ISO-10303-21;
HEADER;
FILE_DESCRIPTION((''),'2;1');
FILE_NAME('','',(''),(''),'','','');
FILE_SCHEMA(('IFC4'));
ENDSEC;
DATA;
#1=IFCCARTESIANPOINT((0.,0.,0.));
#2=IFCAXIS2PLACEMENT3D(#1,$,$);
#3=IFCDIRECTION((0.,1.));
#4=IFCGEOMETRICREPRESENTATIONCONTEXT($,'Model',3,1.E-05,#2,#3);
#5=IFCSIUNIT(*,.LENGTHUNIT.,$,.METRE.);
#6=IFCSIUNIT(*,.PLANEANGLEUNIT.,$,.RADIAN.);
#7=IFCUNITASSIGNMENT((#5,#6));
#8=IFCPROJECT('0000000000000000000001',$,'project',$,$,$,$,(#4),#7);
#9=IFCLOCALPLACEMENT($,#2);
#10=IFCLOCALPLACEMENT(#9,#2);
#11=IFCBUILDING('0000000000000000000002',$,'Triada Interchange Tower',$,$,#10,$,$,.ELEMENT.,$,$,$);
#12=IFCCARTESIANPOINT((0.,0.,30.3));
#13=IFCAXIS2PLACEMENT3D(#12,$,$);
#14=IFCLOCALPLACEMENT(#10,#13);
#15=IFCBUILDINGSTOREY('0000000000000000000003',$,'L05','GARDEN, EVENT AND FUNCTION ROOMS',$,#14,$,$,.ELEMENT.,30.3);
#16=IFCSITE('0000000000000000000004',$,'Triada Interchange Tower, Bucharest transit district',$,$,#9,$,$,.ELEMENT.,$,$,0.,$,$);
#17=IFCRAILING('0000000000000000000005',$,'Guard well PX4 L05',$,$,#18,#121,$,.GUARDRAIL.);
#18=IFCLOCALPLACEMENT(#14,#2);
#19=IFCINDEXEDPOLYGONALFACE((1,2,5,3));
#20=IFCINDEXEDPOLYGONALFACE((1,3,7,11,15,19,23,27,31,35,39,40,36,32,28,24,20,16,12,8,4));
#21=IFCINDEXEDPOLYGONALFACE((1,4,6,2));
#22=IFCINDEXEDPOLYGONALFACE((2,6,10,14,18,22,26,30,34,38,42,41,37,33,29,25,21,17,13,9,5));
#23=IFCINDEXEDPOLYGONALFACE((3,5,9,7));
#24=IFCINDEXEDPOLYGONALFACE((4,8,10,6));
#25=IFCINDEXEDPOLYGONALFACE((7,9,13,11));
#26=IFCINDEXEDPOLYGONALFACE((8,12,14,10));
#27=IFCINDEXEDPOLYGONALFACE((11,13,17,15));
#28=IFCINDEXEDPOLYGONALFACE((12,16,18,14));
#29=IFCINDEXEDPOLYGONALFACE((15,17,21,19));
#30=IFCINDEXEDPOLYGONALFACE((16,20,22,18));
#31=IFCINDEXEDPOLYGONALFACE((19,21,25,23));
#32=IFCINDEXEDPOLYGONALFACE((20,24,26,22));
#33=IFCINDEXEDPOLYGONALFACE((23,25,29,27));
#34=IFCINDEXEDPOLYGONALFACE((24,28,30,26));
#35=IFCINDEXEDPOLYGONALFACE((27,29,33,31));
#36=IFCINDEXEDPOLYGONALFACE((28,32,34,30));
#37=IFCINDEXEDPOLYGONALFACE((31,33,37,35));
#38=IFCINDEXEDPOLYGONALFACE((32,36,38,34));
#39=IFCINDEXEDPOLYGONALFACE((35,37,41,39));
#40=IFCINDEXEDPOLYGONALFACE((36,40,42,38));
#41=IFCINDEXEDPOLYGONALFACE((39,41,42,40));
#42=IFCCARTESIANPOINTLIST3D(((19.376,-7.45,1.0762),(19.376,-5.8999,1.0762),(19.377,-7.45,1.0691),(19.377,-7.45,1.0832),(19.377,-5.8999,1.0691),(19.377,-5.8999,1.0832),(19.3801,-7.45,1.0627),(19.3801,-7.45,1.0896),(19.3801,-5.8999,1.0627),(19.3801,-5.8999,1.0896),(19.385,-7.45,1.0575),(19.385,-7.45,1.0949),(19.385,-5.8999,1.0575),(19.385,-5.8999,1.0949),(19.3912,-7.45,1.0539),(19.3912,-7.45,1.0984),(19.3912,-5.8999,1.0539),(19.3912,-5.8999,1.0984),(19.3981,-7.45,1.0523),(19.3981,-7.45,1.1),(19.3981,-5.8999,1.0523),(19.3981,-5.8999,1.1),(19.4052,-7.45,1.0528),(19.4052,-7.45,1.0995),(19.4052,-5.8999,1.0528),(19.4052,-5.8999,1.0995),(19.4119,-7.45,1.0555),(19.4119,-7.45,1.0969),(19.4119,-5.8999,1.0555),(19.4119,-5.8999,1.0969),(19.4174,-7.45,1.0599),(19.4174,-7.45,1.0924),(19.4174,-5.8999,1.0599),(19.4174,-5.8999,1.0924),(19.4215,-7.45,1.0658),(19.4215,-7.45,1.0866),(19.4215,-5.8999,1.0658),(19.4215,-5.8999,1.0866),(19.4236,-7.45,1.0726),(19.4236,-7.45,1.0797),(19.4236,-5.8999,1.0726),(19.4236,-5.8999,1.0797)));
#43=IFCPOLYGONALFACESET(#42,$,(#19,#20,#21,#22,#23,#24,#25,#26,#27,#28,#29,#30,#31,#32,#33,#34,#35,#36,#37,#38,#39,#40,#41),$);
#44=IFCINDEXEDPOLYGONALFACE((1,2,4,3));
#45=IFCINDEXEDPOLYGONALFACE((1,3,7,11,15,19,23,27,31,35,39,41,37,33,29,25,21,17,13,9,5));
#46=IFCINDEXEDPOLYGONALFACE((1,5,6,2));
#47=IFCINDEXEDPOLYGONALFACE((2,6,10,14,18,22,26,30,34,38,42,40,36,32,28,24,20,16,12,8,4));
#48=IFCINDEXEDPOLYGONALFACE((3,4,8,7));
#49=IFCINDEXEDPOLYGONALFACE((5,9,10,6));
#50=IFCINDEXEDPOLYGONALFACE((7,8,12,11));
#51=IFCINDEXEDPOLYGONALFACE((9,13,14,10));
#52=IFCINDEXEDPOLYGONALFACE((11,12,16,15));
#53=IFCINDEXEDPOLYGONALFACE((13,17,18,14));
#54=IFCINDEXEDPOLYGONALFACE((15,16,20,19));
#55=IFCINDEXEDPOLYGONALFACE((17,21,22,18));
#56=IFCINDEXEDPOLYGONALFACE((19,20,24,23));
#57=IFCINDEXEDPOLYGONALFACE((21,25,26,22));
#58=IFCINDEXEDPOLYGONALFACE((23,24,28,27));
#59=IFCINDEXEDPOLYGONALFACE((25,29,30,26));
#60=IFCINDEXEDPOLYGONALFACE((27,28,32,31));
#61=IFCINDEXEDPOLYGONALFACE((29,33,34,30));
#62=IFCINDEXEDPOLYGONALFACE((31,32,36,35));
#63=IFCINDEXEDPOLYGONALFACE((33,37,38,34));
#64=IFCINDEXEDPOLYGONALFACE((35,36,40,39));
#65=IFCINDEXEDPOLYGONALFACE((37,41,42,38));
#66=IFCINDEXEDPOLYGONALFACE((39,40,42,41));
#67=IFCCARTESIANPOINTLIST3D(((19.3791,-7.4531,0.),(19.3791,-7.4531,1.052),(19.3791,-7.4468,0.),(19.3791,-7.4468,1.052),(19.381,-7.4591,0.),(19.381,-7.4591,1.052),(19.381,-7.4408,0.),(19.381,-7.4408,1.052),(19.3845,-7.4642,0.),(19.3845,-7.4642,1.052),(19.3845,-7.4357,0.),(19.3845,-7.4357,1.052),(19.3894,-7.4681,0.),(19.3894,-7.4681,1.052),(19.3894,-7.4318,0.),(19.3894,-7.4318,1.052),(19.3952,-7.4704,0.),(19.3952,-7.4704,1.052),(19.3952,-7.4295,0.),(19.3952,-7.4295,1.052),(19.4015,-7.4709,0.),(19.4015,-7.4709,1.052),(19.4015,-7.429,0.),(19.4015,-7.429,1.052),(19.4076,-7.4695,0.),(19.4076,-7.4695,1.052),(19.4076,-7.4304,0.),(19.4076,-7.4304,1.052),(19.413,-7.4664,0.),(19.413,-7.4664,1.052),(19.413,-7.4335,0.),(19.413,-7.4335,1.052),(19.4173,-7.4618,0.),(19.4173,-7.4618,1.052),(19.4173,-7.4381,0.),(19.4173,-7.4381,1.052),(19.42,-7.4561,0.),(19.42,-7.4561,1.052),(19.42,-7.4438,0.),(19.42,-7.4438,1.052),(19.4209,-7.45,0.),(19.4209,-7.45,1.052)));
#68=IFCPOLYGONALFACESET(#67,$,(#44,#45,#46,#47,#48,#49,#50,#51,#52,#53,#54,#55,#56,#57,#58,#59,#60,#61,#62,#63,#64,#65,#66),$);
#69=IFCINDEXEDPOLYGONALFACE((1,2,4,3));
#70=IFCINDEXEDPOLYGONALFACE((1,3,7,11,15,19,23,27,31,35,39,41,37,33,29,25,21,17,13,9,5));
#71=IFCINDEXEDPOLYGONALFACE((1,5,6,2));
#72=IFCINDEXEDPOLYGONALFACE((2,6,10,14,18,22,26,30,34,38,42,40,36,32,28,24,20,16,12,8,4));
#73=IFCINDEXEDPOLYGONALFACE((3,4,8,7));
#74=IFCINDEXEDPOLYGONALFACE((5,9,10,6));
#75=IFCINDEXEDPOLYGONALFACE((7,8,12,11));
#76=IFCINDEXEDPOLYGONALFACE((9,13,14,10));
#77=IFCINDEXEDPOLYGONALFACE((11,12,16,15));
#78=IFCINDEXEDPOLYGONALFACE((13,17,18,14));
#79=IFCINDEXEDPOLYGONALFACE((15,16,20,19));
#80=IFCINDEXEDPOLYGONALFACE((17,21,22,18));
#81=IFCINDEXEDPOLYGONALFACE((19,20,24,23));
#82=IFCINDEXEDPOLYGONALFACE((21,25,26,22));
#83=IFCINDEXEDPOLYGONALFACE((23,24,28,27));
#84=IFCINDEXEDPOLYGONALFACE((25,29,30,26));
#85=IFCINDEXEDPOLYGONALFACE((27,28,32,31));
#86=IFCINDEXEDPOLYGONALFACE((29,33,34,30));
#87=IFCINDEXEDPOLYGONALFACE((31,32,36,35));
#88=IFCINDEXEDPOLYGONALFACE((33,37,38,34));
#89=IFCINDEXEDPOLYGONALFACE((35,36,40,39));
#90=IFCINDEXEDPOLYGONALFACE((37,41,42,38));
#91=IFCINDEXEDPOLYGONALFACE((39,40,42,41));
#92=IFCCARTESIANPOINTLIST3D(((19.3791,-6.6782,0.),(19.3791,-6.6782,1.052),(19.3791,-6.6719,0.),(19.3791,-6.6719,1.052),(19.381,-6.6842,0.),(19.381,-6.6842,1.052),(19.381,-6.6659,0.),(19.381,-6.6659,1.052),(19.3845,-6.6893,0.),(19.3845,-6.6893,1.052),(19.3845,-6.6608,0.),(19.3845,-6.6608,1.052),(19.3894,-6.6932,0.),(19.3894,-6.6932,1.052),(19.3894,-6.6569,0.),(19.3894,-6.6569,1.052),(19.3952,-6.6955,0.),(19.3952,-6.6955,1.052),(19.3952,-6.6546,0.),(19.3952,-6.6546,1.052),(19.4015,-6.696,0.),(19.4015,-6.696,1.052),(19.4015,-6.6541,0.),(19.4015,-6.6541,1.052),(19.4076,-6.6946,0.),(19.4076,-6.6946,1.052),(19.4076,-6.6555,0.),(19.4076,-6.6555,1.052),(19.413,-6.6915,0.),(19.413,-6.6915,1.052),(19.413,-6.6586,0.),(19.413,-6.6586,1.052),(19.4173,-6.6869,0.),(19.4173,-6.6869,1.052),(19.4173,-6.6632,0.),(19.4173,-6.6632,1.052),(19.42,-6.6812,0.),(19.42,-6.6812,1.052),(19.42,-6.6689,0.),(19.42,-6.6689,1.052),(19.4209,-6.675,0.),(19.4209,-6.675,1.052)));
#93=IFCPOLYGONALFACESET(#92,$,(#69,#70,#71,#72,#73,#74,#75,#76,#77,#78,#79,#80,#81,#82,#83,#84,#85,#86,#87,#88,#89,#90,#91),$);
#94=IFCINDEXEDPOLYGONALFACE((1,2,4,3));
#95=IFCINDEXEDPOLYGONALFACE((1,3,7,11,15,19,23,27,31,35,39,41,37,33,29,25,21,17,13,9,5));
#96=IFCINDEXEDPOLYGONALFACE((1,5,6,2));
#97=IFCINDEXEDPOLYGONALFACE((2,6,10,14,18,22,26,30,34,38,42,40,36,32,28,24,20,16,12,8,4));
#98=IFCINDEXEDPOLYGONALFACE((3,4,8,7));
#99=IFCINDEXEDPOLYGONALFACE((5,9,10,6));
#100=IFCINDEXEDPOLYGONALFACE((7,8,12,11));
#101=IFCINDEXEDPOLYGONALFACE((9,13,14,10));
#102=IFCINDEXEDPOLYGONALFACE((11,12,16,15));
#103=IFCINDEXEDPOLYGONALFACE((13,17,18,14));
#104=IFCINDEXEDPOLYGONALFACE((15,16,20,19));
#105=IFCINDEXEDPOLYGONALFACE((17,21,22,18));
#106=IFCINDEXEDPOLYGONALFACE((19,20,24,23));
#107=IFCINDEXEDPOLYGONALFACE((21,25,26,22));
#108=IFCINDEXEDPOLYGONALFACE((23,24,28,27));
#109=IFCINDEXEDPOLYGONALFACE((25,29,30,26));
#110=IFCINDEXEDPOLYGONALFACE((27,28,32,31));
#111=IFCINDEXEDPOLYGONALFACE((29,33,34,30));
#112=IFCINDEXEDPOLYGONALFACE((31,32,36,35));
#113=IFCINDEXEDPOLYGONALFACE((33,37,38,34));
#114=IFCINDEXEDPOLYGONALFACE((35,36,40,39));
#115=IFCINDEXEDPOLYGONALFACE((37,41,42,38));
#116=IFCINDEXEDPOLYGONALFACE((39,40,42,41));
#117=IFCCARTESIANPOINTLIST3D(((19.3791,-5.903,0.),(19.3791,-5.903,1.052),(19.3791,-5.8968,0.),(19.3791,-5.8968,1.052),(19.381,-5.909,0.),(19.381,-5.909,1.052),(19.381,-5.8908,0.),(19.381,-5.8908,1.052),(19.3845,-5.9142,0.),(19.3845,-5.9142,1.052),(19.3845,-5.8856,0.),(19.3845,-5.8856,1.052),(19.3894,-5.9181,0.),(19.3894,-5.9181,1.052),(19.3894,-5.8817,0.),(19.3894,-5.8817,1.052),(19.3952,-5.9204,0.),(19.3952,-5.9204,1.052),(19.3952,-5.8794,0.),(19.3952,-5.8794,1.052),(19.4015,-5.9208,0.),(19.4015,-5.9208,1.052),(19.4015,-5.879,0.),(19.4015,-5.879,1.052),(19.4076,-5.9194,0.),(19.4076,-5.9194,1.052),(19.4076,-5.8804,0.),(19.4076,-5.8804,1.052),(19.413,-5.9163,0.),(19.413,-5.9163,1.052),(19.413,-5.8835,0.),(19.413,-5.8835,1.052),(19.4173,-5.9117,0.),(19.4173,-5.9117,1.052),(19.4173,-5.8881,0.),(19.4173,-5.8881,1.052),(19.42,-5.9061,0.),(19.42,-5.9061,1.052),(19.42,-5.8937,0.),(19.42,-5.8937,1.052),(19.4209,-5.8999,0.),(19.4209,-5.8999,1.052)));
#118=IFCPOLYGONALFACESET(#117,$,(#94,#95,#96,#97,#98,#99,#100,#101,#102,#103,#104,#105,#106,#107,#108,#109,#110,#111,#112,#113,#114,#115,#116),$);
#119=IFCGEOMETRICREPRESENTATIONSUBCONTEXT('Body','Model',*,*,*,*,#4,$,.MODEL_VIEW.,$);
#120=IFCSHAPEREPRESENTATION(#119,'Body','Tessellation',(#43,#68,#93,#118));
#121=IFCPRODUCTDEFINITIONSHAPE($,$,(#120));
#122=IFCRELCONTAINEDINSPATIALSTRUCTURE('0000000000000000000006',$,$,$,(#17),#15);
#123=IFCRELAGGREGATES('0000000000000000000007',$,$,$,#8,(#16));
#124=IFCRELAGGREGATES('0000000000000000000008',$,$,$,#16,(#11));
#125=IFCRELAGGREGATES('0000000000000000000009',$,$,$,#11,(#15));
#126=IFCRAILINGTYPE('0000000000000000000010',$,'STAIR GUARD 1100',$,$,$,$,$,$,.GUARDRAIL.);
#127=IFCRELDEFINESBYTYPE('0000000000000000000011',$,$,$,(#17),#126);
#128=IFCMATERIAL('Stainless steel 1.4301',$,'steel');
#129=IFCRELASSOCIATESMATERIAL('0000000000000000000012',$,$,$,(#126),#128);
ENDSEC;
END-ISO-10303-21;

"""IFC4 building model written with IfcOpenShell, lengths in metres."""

from ifc_helpers import new_model, si_unit, direction, frame, origin, origin_2d, place, context, subcontext, project, spatial, circle, extrude, material, type_object, element, save


model = new_model("IFC4")

# Units and contexts
model_context = context("Model", 3, precision=1e-05, world=origin(), true_north=direction((0.0, 1.0)))
body_context = subcontext(model_context, "Body", "Model", "MODEL_VIEW")
ifc_project = project(units=[si_unit("LENGTHUNIT", "METRE"), si_unit("PLANEANGLEUNIT", "RADIAN")], contexts=[model_context])

# Site, building, storey
site_placement = place(None, origin())
site = spatial("IfcSite", under=ifc_project, at=site_placement, Name="Triada Interchange Tower, Bucharest transit district", CompositionType="ELEMENT", RefElevation=0.0)
building_placement = place(site_placement, origin())
building = spatial("IfcBuilding", under=site, at=building_placement, Name="Triada Interchange Tower", CompositionType="ELEMENT")
storey_placement = place(building_placement, frame((0.0, 0.0, 30.3)))
storey = spatial("IfcBuildingStorey", under=building, at=storey_placement, Name="L05", Description="GARDEN, EVENT AND FUNCTION ROOMS", CompositionType="ELEMENT", Elevation=30.3)

# Shared definitions
ifc_material_1 = material(Name="Stainless steel 1.4301", Category="steel")
railing_type_1 = type_object("IfcRailingType", Name="STAIR GUARD 1100", PredefinedType="GUARDRAIL", material=ifc_material_1)

# Railing
railing_1_placement = place(storey_placement, frame((19.3999, -7.45, 0.0)))
element("IfcRailing", 1, at=railing_1_placement, inside=storey, type_object=railing_type_1, Name="Guard well PX4 L05", PredefinedType="GUARDRAIL", context=body_context, shape_type="SweptSolid", body=[
    extrude(circle(Radius=0.0239, at=origin_2d()), frame((0.0, 0.0, 1.0762), z_axis=(0.0, 1.0, 0.0), x_axis=(-1.0, 0.0, 0.0)), (0.0, 0.0, 1.0), 1.55),
    extrude(circle(Radius=0.021, at=origin_2d()), origin(), (0.0, 0.0, 1.0), 1.052),
    extrude(circle(Radius=0.021, at=origin_2d()), frame((0.0, 0.7749, 0.0)), (0.0, 0.0, 1.0), 1.052),
    extrude(circle(Radius=0.021, at=origin_2d()), frame((0.0, 1.55, 0.0)), (0.0, 0.0, 1.0), 1.052),
])

save(model, "model.ifc")
